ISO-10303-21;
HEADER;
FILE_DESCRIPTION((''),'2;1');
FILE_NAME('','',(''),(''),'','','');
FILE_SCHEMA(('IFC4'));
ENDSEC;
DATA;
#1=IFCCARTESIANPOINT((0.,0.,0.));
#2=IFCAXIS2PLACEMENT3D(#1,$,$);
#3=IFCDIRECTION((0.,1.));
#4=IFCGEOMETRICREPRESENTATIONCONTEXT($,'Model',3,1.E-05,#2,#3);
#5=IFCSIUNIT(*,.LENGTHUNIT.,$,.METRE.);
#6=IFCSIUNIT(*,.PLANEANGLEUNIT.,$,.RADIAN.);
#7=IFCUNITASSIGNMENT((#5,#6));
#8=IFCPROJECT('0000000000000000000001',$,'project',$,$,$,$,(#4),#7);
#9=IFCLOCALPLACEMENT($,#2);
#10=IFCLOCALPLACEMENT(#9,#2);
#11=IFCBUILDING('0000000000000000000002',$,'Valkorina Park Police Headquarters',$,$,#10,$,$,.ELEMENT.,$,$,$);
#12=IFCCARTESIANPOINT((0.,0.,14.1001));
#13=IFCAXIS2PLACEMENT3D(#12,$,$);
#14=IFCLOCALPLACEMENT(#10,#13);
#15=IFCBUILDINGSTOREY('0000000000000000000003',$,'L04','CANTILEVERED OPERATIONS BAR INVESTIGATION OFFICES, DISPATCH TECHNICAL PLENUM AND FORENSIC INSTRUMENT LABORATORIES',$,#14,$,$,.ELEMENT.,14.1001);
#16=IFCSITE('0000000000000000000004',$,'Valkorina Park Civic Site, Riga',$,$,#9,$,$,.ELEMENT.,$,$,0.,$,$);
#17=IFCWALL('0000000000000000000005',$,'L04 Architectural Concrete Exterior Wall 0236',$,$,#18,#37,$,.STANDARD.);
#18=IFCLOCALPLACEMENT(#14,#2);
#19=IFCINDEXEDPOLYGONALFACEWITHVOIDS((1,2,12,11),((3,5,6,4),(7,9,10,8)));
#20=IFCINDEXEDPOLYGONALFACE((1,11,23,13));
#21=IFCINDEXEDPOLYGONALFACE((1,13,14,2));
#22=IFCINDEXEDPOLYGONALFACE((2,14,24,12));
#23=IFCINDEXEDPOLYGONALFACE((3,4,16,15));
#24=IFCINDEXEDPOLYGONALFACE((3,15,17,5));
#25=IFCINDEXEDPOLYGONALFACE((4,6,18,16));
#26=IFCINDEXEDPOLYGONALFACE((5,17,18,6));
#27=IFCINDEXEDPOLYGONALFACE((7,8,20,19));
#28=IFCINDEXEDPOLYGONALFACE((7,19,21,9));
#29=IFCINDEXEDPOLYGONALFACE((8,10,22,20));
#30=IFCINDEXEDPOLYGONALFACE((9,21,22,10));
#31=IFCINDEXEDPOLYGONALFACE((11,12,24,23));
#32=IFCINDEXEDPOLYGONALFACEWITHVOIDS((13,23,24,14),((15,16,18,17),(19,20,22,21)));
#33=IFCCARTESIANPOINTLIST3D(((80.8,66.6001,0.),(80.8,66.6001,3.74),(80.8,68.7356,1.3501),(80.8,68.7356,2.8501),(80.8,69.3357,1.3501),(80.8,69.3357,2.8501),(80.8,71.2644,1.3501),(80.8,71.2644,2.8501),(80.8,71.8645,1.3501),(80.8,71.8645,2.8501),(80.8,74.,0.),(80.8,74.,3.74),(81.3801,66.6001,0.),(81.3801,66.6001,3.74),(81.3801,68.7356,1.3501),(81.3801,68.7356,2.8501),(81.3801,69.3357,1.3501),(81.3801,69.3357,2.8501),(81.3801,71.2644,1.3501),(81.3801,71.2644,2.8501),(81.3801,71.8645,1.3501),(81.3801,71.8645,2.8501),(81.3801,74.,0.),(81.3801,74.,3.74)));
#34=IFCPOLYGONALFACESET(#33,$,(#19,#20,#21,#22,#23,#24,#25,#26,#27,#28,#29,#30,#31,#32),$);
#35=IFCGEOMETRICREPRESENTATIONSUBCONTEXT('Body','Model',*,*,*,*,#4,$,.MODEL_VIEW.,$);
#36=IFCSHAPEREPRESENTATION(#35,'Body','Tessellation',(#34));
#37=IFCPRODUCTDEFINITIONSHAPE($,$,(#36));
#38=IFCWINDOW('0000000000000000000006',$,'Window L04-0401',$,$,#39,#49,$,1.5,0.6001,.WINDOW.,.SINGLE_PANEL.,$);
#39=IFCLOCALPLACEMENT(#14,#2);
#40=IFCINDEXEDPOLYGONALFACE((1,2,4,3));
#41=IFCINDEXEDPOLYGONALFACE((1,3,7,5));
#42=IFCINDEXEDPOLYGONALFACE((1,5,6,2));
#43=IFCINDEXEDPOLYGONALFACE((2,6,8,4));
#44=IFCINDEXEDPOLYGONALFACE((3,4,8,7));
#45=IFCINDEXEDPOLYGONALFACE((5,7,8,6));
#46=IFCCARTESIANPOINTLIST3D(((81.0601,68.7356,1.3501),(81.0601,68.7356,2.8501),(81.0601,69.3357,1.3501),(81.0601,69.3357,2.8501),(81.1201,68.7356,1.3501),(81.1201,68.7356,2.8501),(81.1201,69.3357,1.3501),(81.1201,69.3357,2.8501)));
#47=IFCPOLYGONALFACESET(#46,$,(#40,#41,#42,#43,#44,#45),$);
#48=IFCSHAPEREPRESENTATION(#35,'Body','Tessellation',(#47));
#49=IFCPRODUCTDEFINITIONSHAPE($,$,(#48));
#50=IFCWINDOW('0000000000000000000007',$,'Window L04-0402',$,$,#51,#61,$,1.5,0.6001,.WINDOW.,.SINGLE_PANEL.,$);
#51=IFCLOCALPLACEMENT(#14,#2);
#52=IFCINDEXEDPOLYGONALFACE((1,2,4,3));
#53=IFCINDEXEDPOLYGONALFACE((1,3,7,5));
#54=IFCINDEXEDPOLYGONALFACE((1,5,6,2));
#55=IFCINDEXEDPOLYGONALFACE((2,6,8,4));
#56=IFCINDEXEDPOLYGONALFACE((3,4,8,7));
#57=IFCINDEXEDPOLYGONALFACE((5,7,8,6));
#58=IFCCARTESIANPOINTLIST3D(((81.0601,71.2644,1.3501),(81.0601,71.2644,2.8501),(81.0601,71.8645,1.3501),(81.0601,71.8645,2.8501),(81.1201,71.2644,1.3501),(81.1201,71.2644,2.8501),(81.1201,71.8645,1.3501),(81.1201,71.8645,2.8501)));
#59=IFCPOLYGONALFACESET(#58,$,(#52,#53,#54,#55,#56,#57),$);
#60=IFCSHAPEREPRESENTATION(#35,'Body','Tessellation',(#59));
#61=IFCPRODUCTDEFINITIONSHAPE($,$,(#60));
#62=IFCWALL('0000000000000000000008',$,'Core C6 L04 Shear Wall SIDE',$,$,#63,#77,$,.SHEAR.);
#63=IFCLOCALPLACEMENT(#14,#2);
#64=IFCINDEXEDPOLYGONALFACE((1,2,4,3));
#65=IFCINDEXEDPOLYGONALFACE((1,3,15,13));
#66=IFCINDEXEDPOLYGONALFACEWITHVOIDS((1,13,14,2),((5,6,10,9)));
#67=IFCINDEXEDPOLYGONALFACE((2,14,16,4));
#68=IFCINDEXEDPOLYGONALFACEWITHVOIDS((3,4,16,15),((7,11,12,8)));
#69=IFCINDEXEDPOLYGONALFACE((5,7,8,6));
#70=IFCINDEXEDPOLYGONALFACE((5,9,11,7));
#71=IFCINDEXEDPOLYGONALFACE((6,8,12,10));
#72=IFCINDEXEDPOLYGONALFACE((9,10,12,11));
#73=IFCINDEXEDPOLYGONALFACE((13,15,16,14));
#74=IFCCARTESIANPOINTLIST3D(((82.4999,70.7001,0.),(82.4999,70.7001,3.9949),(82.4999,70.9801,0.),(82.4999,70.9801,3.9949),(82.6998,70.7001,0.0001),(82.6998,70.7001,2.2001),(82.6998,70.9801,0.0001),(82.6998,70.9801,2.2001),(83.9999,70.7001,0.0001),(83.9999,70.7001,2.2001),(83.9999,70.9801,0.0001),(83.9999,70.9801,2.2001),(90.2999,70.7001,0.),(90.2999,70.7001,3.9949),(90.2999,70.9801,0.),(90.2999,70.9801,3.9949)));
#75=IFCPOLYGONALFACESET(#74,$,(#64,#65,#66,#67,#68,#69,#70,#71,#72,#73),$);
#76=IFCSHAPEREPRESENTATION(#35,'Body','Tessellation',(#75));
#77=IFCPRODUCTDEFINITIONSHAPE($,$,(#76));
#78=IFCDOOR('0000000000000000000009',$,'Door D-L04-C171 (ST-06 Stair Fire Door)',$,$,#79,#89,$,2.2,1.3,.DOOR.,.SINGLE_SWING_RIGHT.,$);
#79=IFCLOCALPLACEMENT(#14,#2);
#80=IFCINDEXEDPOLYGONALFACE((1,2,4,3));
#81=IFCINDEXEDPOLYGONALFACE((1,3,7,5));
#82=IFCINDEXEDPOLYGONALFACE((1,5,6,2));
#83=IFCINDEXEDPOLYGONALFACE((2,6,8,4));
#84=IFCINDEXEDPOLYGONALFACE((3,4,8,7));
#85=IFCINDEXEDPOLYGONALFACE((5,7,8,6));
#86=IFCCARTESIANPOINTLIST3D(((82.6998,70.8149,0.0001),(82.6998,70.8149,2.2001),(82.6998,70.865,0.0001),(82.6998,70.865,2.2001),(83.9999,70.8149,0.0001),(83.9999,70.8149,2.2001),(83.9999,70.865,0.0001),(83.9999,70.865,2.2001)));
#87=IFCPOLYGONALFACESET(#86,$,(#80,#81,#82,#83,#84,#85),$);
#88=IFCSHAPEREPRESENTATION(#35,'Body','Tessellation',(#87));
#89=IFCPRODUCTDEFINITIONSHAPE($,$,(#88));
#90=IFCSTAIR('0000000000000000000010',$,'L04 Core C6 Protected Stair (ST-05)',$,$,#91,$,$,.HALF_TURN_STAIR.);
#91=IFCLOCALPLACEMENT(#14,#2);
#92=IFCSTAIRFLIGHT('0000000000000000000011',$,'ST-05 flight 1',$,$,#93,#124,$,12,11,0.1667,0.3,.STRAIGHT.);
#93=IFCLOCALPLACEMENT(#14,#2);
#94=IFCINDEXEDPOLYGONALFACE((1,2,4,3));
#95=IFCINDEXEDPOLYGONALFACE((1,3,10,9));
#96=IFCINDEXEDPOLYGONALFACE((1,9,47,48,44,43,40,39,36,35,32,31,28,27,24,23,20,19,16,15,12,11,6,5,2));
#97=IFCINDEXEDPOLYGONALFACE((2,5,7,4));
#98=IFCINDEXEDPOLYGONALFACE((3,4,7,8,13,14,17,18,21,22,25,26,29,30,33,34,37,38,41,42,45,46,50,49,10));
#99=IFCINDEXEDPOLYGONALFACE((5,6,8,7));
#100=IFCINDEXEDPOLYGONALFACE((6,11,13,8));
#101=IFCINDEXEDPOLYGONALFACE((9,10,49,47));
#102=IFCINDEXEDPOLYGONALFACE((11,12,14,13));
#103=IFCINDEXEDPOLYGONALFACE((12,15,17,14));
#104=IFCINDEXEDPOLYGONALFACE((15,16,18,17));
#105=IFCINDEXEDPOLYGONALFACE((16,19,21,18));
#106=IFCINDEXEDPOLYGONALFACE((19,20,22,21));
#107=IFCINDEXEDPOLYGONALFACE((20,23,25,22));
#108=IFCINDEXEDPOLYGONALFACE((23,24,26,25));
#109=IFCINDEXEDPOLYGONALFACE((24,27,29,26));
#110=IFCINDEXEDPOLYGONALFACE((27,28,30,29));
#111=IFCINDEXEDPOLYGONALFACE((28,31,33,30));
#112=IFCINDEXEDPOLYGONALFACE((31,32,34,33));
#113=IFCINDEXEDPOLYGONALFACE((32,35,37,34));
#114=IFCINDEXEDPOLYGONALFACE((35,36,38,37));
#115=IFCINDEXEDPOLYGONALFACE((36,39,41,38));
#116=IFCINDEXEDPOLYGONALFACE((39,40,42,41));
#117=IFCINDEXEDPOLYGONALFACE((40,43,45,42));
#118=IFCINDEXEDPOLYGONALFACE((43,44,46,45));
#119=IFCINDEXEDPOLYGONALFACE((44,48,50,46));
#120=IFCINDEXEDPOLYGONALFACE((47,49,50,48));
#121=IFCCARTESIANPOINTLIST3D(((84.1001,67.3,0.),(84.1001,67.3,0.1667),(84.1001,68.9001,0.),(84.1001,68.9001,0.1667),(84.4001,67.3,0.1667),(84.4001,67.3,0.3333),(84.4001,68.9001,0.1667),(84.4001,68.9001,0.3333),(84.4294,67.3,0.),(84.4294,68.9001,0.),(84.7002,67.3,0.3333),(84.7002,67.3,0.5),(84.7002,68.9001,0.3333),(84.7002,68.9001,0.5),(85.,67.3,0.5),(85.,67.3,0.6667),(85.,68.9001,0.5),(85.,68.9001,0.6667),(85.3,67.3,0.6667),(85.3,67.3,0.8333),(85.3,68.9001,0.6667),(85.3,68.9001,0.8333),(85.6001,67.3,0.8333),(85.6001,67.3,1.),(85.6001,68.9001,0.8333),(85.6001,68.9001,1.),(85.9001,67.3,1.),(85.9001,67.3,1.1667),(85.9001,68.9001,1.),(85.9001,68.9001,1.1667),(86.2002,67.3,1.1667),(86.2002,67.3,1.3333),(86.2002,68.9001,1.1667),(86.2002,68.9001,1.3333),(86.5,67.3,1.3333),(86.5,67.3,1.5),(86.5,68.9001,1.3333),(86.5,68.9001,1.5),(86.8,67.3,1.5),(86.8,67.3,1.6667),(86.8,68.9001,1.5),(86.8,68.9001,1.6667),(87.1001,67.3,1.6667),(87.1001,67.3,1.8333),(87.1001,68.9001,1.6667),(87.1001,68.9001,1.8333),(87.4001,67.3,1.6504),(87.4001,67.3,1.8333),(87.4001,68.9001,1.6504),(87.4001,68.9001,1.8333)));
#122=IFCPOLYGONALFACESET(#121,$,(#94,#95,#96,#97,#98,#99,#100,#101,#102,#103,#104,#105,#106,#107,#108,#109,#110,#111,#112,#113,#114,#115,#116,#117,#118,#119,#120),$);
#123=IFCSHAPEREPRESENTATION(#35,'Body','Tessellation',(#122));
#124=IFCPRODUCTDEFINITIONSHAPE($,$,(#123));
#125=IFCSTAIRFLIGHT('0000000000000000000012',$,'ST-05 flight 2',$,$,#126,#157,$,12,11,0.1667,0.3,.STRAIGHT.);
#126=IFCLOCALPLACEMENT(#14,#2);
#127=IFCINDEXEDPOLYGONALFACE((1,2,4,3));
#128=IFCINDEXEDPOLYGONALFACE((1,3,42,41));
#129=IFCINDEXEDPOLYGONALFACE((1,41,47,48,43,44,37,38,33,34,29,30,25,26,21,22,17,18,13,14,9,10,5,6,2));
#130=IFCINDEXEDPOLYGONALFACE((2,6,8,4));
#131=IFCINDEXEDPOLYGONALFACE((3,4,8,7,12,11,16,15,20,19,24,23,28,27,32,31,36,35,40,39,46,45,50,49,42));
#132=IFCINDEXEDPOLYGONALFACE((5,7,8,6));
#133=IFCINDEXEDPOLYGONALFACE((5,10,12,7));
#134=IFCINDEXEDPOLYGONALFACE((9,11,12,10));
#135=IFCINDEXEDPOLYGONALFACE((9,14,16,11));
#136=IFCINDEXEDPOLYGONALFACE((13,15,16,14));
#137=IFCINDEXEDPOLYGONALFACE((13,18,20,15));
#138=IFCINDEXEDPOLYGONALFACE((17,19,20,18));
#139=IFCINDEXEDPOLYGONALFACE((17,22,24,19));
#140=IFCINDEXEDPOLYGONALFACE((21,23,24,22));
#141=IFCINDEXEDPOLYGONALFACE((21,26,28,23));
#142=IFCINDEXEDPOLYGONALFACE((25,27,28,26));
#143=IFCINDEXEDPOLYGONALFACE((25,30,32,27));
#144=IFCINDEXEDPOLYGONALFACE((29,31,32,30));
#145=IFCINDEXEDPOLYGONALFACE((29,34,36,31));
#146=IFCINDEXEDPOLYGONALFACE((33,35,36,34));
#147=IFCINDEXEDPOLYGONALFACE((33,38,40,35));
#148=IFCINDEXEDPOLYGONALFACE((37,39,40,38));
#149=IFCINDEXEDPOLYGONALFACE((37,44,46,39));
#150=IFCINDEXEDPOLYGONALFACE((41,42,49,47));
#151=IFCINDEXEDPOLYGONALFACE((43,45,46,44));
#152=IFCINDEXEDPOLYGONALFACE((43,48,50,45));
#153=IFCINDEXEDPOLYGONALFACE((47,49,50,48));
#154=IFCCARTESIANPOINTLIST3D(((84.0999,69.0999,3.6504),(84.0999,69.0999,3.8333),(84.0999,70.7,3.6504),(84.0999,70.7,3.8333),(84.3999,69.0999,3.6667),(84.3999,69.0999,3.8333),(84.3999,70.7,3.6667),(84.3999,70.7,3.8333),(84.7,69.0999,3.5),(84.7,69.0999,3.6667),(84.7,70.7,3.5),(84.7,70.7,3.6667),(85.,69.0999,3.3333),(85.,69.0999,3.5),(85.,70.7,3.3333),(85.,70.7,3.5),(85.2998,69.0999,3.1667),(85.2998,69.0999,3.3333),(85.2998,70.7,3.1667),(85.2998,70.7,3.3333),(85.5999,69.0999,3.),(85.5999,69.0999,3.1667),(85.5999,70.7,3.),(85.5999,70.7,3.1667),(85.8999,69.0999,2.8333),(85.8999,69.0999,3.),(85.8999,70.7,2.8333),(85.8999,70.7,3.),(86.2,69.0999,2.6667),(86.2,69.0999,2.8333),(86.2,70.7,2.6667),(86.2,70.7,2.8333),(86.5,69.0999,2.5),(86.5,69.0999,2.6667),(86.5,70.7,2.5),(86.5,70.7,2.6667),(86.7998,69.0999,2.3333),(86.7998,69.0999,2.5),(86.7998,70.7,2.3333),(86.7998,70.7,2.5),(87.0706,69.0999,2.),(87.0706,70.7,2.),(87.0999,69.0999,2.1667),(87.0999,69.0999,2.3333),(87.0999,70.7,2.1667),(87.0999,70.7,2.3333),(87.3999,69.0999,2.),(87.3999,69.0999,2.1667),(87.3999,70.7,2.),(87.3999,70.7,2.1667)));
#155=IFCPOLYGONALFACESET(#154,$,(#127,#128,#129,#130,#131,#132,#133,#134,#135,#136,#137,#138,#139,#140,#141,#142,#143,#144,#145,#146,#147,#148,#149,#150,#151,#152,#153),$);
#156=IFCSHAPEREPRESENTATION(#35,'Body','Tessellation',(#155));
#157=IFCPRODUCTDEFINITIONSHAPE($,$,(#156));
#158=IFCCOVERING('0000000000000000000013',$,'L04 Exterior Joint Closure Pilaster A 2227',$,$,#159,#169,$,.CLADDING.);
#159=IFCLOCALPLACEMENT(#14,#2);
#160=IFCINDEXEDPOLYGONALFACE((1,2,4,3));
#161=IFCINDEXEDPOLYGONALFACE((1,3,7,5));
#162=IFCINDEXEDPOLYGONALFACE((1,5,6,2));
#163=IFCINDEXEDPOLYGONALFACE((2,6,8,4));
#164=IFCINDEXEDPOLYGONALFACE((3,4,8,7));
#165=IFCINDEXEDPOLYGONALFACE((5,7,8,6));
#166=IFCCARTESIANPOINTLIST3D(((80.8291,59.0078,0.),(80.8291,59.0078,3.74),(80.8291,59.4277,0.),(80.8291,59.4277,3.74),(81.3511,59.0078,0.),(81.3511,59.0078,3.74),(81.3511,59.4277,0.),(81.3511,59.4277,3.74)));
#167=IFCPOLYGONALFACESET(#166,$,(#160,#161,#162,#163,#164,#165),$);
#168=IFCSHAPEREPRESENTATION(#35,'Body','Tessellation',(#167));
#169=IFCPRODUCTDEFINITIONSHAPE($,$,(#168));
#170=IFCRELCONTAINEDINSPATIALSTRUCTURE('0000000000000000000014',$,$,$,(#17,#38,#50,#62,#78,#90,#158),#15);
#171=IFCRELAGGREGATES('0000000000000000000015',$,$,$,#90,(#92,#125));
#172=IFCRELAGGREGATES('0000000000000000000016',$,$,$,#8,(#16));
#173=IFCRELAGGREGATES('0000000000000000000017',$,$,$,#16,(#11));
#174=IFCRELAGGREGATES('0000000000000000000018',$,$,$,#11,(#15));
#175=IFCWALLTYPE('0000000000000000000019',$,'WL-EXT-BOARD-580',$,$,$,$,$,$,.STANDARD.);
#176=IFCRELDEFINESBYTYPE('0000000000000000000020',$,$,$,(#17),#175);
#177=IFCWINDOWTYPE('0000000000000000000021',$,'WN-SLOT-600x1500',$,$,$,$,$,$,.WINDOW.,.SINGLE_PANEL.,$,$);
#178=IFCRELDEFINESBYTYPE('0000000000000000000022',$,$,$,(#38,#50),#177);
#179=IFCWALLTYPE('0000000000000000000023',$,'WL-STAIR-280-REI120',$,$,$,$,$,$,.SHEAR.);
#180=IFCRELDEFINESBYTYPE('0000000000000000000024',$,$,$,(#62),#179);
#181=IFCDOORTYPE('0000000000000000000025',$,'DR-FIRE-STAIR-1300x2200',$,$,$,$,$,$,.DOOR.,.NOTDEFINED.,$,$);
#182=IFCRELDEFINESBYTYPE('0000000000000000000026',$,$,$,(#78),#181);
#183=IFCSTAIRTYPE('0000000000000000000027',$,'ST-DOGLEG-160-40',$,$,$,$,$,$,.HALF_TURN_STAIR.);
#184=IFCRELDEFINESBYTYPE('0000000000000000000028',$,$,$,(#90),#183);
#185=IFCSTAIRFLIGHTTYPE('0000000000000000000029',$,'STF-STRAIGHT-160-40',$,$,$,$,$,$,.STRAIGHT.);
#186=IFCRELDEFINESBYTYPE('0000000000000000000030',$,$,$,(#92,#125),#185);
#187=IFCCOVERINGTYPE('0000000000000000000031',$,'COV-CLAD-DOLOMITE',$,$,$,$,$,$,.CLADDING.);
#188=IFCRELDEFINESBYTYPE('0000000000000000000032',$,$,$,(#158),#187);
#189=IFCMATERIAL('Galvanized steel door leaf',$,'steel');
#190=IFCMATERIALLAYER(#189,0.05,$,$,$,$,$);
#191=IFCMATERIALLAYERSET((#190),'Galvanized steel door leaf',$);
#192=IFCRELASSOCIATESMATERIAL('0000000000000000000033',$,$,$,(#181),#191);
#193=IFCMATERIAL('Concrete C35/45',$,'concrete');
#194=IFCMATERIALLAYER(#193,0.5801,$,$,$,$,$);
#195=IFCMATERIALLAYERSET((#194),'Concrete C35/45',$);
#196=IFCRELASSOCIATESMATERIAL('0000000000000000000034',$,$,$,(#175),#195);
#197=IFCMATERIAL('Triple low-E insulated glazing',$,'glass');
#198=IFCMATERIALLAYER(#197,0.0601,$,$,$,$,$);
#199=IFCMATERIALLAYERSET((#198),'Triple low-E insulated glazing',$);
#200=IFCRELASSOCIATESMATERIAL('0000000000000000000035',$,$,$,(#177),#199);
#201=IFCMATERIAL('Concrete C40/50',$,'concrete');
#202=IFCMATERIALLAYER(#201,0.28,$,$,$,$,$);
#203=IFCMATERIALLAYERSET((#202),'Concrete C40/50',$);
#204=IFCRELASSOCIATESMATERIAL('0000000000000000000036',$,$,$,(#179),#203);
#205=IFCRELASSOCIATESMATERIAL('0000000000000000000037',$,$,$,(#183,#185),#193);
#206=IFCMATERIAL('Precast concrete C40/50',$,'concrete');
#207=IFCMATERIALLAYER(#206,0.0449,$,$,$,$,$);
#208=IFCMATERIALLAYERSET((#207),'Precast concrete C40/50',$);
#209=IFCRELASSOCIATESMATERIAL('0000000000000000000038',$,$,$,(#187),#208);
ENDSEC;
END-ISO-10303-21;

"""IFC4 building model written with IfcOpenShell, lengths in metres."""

from ifc_helpers import new_model, si_unit, direction, frame, frame_2d, origin, origin_2d, place, context, subcontext, project, spatial, polyline, rectangle, outline, extrude, material, layer, layer_set, type_object, element, fill, aggregate, save


model = new_model("IFC4")

# Units and contexts
model_context = context("Model", 3, precision=1e-05, world=origin(), true_north=direction((0.0, 1.0)))
body_context = subcontext(model_context, "Body", "Model", "MODEL_VIEW")
ifc_project = project(units=[si_unit("LENGTHUNIT", "METRE"), si_unit("PLANEANGLEUNIT", "RADIAN")], contexts=[model_context])

# Site, building, storey
site_placement = place(None, origin())
site = spatial("IfcSite", under=ifc_project, at=site_placement, Name="Valkorina Park Civic Site, Riga", CompositionType="ELEMENT", RefElevation=0.0)
building_placement = place(site_placement, origin())
building = spatial("IfcBuilding", under=site, at=building_placement, Name="Valkorina Park Police Headquarters", CompositionType="ELEMENT")
storey_placement = place(building_placement, frame((0.0, 0.0, 14.1001)))
storey = spatial("IfcBuildingStorey", under=building, at=storey_placement, Name="L04", Description="CANTILEVERED OPERATIONS BAR INVESTIGATION OFFICES, DISPATCH TECHNICAL PLENUM AND FORENSIC INSTRUMENT LABORATORIES", CompositionType="ELEMENT", Elevation=14.1001)

# Shared definitions
ifc_material_1 = material(Name="Concrete C40/50", Category="concrete")
ifc_material_2 = material(Name="Galvanized steel door leaf", Category="steel")
ifc_layer_1 = layer(ifc_material_2, 0.05)
ifc_layer_set_1 = layer_set([ifc_layer_1], Name="Galvanized steel door leaf")
door_type_1 = type_object("IfcDoorType", Name="DR-FIRE-STAIR-1300x2200", OperationType="NOTDEFINED", PredefinedType="DOOR", material=ifc_layer_set_1)

# Wall, openings, windows
ifc_material_3 = material(Name="Concrete C35/45", Category="concrete")
ifc_layer_2 = layer(ifc_material_3, 0.5801)
ifc_layer_set_2 = layer_set([ifc_layer_2], Name="Concrete C35/45")
wall_type_1 = type_object("IfcWallType", Name="WL-EXT-BOARD-580", PredefinedType="STANDARD", material=ifc_layer_set_2)
ifc_material_4 = material(Name="Triple low-E insulated glazing", Category="glass")
wall_1_placement = place(storey_placement, frame((81.0901, 66.6001, 0.0), z_axis=(0.0, 0.0, 1.0), x_axis=(0.0, 1.0, 0.0)))
wall_1 = element("IfcWall", 1, at=wall_1_placement, inside=storey, type_object=wall_type_1, Name="L04 Architectural Concrete Exterior Wall 0236", PredefinedType="STANDARD", context=body_context, shape_type="SweptSolid", body=[
    extrude(rectangle(XDim=7.3999, YDim=0.5801, at=frame_2d((3.7, 0.0))), origin(), (0.0, 0.0, 1.0), 3.74),
])
opening_1_placement = place(wall_1_placement, frame((2.1355, 0.0, 1.3501)))
opening_1 = element("IfcOpeningElement", 2, at=opening_1_placement, cuts=wall_1, PredefinedType="OPENING", context=body_context, shape_type="SweptSolid", body=[
    extrude(rectangle(XDim=0.6001, YDim=1.5, at=frame_2d((0.3, 0.75))), frame((0.0, 0.3, 0.0), z_axis=(0.0, -1.0, 0.0), x_axis=(1.0, 0.0, 0.0)), (0.0, 0.0, 1.0), 0.6001),
])
opening_2_placement = place(wall_1_placement, frame((4.6643, 0.0, 1.3501)))
opening_2 = element("IfcOpeningElement", 3, at=opening_2_placement, cuts=wall_1, PredefinedType="OPENING", context=body_context, shape_type="SweptSolid", body=[
    extrude(rectangle(XDim=0.6001, YDim=1.5, at=frame_2d((0.3, 0.75))), frame((0.0, 0.3, 0.0), z_axis=(0.0, -1.0, 0.0), x_axis=(1.0, 0.0, 0.0)), (0.0, 0.0, 1.0), 0.6001),
])
ifc_layer_3 = layer(ifc_material_4, 0.0601)
ifc_layer_set_3 = layer_set([ifc_layer_3], Name="Triple low-E insulated glazing")
window_type_1 = type_object("IfcWindowType", Name="WN-SLOT-600x1500", PartitioningType="SINGLE_PANEL", PredefinedType="WINDOW", material=ifc_layer_set_3)
window_1_placement = place(opening_1_placement, origin())
window_1 = element("IfcWindow", 4, at=window_1_placement, inside=storey, type_object=window_type_1, Name="Window L04-0401", OverallHeight=1.5, OverallWidth=0.6001, PartitioningType="SINGLE_PANEL", PredefinedType="WINDOW", context=body_context, shape_type="SweptSolid", body=[
    extrude(rectangle(XDim=0.6001, YDim=1.5, at=frame_2d((0.3, 0.75))), frame((0.0, 0.03, 0.0), z_axis=(0.0, -1.0, 0.0), x_axis=(1.0, 0.0, 0.0)), (0.0, 0.0, 1.0), 0.0601),
])
fill(opening_1, window_1)
window_2_placement = place(opening_2_placement, origin())
window_2 = element("IfcWindow", 5, at=window_2_placement, inside=storey, type_object=window_type_1, Name="Window L04-0402", OverallHeight=1.5, OverallWidth=0.6001, PartitioningType="SINGLE_PANEL", PredefinedType="WINDOW", context=body_context, shape_type="SweptSolid", body=[
    extrude(rectangle(XDim=0.6001, YDim=1.5, at=frame_2d((0.3, 0.75))), frame((0.0, 0.03, 0.0), z_axis=(0.0, -1.0, 0.0), x_axis=(1.0, 0.0, 0.0)), (0.0, 0.0, 1.0), 0.0601),
])
fill(opening_2, window_2)

# Wall, opening, door
ifc_layer_4 = layer(ifc_material_1, 0.28)
ifc_layer_set_4 = layer_set([ifc_layer_4], Name="Concrete C40/50")
wall_type_2 = type_object("IfcWallType", Name="WL-STAIR-280-REI120", PredefinedType="SHEAR", material=ifc_layer_set_4)
wall_2_placement = place(storey_placement, frame((82.5, 70.8401, 0.0), z_axis=(0.0, 0.0, 1.0), x_axis=(1.0, 0.0, 0.0)))
wall_2 = element("IfcWall", 6, at=wall_2_placement, inside=storey, type_object=wall_type_2, Name="Core C6 L04 Shear Wall SIDE", PredefinedType="SHEAR", context=body_context, shape_type="SweptSolid", body=[
    extrude(rectangle(XDim=7.8, YDim=0.28, at=frame_2d((3.8999, 0.0))), origin(), (0.0, 0.0, 1.0), 3.9949),
])
opening_3_placement = place(wall_2_placement, frame((0.2, 0.0, 0.0)))
opening_3 = element("IfcOpeningElement", 7, at=opening_3_placement, cuts=wall_2, PredefinedType="OPENING", context=body_context, shape_type="SweptSolid", body=[
    extrude(rectangle(XDim=1.3, YDim=2.2, at=frame_2d((0.6499, 1.1001))), frame((0.0, 0.1499, 0.0), z_axis=(0.0, -1.0, 0.0), x_axis=(1.0, 0.0, 0.0)), (0.0, 0.0, 1.0), 0.3),
])
door_1_placement = place(opening_3_placement, origin())
door_1 = element("IfcDoor", 8, at=door_1_placement, inside=storey, type_object=door_type_1, Name="Door D-L04-C171 (ST-06 Stair Fire Door)", OperationType="SINGLE_SWING_RIGHT", OverallHeight=2.2, OverallWidth=1.3, PredefinedType="DOOR", context=body_context, shape_type="SweptSolid", body=[
    extrude(rectangle(XDim=1.3, YDim=2.2, at=frame_2d((0.6499, 1.1001))), frame((0.0, 0.0249, 0.0), z_axis=(0.0, -1.0, 0.0), x_axis=(1.0, 0.0, 0.0)), (0.0, 0.0, 1.0), 0.05),
])
fill(opening_3, door_1)

# Stair, stair flights
stair_type = type_object("IfcStairType", Name="ST-DOGLEG-160-40", PredefinedType="HALF_TURN_STAIR", material=ifc_material_3)
stair_placement = place(storey_placement, origin())
stair = element("IfcStair", 9, at=stair_placement, inside=storey, type_object=stair_type, Name="L04 Core C6 Protected Stair (ST-05)", PredefinedType="HALF_TURN_STAIR")
stair_flight_type = type_object("IfcStairFlightType", Name="STF-STRAIGHT-160-40", PredefinedType="STRAIGHT", material=ifc_material_3)
stair_flight_1_placement = place(storey_placement, frame((84.1001, 68.1001, 0.0), z_axis=(0.0, 0.0, 1.0), x_axis=(1.0, 0.0, 0.0)))
stair_flight_1 = element("IfcStairFlight", 10, at=stair_flight_1_placement, type_object=stair_flight_type, Name="ST-05 flight 1", NumberOfRisers=12, NumberOfTreads=11, PredefinedType="STRAIGHT", RiserHeight=0.1667, TreadLength=0.3, context=body_context, shape_type="SweptSolid", body=[
    extrude(outline(polyline([(0.0, 0.0), (0.0, 0.1667), (0.3, 0.1667), (0.3, 0.3333), (0.6001, 0.3333), (0.6001, 0.5), (0.8999, 0.5), (0.8999, 0.6667), (1.2, 0.6667), (1.2, 0.8333), (1.5, 0.8333), (1.5, 1.0), (1.8, 1.0), (1.8, 1.1667), (2.1001, 1.1667), (2.1001, 1.3333), (2.3999, 1.3333), (2.3999, 1.5), (2.7, 1.5), (2.7, 1.6667), (3.0, 1.6667), (3.0, 1.8333), (3.3, 1.8333), (3.3, 2.0), (3.3, 1.6504), (0.3293, 0.0), (0.0, 0.0)])), frame((0.0, 0.8, 0.0), z_axis=(0.0, -1.0, 0.0), x_axis=(1.0, 0.0, 0.0)), (0.0, 0.0, 1.0), 1.6001),
])
stair_flight_2_placement = place(storey_placement, frame((87.3999, 69.8999, 2.0), z_axis=(0.0, 0.0, 1.0), x_axis=(-1.0, 0.0, 0.0)))
stair_flight_2 = element("IfcStairFlight", 11, at=stair_flight_2_placement, type_object=stair_flight_type, Name="ST-05 flight 2", NumberOfRisers=12, NumberOfTreads=11, PredefinedType="STRAIGHT", RiserHeight=0.1667, TreadLength=0.3, context=body_context, shape_type="SweptSolid", body=[
    extrude(outline(polyline([(0.0, 0.0), (0.0, 0.1667), (0.3, 0.1667), (0.3, 0.3333), (0.6001, 0.3333), (0.6001, 0.5), (0.8999, 0.5), (0.8999, 0.6667), (1.2, 0.6667), (1.2, 0.8333), (1.5, 0.8333), (1.5, 1.0), (1.8, 1.0), (1.8, 1.1667), (2.1001, 1.1667), (2.1001, 1.3333), (2.3999, 1.3333), (2.3999, 1.5), (2.7, 1.5), (2.7, 1.6667), (3.0, 1.6667), (3.0, 1.8333), (3.3, 1.8333), (3.3, 2.0), (3.3, 1.6504), (0.3293, 0.0), (0.0, 0.0)])), frame((0.0, 0.8, 0.0), z_axis=(0.0, -1.0, 0.0), x_axis=(1.0, 0.0, 0.0)), (0.0, 0.0, 1.0), 1.6001),
])
aggregate(stair, [stair_flight_1, stair_flight_2])

# Covering
ifc_material_5 = material(Name="Precast concrete C40/50", Category="concrete")
ifc_layer_5 = layer(ifc_material_5, 0.0449)
ifc_layer_set_5 = layer_set([ifc_layer_5], Name="Precast concrete C40/50")
covering_type = type_object("IfcCoveringType", Name="COV-CLAD-DOLOMITE", PredefinedType="CLADDING", material=ifc_layer_set_5)
for number, where, z_axis, x_axis, name in (
    (12, (81.0901, 59.2178, 0.0), (0.0, 0.0, 1.0), (0.0, 1.0, 0.0), "L04 Exterior Joint Closure Pilaster A 2227"),
):
    element("IfcCovering", number, at=place(storey_placement, frame(where, z_axis=z_axis, x_axis=x_axis)), inside=storey, type_object=covering_type, Name=name, PredefinedType="CLADDING", context=body_context, shape_type="SweptSolid", body=[
        extrude(rectangle(XDim=0.4199, YDim=0.522, at=origin_2d()), origin(), (0.0, 0.0, 1.0), 3.74),
    ])

save(model, "model.ifc")
